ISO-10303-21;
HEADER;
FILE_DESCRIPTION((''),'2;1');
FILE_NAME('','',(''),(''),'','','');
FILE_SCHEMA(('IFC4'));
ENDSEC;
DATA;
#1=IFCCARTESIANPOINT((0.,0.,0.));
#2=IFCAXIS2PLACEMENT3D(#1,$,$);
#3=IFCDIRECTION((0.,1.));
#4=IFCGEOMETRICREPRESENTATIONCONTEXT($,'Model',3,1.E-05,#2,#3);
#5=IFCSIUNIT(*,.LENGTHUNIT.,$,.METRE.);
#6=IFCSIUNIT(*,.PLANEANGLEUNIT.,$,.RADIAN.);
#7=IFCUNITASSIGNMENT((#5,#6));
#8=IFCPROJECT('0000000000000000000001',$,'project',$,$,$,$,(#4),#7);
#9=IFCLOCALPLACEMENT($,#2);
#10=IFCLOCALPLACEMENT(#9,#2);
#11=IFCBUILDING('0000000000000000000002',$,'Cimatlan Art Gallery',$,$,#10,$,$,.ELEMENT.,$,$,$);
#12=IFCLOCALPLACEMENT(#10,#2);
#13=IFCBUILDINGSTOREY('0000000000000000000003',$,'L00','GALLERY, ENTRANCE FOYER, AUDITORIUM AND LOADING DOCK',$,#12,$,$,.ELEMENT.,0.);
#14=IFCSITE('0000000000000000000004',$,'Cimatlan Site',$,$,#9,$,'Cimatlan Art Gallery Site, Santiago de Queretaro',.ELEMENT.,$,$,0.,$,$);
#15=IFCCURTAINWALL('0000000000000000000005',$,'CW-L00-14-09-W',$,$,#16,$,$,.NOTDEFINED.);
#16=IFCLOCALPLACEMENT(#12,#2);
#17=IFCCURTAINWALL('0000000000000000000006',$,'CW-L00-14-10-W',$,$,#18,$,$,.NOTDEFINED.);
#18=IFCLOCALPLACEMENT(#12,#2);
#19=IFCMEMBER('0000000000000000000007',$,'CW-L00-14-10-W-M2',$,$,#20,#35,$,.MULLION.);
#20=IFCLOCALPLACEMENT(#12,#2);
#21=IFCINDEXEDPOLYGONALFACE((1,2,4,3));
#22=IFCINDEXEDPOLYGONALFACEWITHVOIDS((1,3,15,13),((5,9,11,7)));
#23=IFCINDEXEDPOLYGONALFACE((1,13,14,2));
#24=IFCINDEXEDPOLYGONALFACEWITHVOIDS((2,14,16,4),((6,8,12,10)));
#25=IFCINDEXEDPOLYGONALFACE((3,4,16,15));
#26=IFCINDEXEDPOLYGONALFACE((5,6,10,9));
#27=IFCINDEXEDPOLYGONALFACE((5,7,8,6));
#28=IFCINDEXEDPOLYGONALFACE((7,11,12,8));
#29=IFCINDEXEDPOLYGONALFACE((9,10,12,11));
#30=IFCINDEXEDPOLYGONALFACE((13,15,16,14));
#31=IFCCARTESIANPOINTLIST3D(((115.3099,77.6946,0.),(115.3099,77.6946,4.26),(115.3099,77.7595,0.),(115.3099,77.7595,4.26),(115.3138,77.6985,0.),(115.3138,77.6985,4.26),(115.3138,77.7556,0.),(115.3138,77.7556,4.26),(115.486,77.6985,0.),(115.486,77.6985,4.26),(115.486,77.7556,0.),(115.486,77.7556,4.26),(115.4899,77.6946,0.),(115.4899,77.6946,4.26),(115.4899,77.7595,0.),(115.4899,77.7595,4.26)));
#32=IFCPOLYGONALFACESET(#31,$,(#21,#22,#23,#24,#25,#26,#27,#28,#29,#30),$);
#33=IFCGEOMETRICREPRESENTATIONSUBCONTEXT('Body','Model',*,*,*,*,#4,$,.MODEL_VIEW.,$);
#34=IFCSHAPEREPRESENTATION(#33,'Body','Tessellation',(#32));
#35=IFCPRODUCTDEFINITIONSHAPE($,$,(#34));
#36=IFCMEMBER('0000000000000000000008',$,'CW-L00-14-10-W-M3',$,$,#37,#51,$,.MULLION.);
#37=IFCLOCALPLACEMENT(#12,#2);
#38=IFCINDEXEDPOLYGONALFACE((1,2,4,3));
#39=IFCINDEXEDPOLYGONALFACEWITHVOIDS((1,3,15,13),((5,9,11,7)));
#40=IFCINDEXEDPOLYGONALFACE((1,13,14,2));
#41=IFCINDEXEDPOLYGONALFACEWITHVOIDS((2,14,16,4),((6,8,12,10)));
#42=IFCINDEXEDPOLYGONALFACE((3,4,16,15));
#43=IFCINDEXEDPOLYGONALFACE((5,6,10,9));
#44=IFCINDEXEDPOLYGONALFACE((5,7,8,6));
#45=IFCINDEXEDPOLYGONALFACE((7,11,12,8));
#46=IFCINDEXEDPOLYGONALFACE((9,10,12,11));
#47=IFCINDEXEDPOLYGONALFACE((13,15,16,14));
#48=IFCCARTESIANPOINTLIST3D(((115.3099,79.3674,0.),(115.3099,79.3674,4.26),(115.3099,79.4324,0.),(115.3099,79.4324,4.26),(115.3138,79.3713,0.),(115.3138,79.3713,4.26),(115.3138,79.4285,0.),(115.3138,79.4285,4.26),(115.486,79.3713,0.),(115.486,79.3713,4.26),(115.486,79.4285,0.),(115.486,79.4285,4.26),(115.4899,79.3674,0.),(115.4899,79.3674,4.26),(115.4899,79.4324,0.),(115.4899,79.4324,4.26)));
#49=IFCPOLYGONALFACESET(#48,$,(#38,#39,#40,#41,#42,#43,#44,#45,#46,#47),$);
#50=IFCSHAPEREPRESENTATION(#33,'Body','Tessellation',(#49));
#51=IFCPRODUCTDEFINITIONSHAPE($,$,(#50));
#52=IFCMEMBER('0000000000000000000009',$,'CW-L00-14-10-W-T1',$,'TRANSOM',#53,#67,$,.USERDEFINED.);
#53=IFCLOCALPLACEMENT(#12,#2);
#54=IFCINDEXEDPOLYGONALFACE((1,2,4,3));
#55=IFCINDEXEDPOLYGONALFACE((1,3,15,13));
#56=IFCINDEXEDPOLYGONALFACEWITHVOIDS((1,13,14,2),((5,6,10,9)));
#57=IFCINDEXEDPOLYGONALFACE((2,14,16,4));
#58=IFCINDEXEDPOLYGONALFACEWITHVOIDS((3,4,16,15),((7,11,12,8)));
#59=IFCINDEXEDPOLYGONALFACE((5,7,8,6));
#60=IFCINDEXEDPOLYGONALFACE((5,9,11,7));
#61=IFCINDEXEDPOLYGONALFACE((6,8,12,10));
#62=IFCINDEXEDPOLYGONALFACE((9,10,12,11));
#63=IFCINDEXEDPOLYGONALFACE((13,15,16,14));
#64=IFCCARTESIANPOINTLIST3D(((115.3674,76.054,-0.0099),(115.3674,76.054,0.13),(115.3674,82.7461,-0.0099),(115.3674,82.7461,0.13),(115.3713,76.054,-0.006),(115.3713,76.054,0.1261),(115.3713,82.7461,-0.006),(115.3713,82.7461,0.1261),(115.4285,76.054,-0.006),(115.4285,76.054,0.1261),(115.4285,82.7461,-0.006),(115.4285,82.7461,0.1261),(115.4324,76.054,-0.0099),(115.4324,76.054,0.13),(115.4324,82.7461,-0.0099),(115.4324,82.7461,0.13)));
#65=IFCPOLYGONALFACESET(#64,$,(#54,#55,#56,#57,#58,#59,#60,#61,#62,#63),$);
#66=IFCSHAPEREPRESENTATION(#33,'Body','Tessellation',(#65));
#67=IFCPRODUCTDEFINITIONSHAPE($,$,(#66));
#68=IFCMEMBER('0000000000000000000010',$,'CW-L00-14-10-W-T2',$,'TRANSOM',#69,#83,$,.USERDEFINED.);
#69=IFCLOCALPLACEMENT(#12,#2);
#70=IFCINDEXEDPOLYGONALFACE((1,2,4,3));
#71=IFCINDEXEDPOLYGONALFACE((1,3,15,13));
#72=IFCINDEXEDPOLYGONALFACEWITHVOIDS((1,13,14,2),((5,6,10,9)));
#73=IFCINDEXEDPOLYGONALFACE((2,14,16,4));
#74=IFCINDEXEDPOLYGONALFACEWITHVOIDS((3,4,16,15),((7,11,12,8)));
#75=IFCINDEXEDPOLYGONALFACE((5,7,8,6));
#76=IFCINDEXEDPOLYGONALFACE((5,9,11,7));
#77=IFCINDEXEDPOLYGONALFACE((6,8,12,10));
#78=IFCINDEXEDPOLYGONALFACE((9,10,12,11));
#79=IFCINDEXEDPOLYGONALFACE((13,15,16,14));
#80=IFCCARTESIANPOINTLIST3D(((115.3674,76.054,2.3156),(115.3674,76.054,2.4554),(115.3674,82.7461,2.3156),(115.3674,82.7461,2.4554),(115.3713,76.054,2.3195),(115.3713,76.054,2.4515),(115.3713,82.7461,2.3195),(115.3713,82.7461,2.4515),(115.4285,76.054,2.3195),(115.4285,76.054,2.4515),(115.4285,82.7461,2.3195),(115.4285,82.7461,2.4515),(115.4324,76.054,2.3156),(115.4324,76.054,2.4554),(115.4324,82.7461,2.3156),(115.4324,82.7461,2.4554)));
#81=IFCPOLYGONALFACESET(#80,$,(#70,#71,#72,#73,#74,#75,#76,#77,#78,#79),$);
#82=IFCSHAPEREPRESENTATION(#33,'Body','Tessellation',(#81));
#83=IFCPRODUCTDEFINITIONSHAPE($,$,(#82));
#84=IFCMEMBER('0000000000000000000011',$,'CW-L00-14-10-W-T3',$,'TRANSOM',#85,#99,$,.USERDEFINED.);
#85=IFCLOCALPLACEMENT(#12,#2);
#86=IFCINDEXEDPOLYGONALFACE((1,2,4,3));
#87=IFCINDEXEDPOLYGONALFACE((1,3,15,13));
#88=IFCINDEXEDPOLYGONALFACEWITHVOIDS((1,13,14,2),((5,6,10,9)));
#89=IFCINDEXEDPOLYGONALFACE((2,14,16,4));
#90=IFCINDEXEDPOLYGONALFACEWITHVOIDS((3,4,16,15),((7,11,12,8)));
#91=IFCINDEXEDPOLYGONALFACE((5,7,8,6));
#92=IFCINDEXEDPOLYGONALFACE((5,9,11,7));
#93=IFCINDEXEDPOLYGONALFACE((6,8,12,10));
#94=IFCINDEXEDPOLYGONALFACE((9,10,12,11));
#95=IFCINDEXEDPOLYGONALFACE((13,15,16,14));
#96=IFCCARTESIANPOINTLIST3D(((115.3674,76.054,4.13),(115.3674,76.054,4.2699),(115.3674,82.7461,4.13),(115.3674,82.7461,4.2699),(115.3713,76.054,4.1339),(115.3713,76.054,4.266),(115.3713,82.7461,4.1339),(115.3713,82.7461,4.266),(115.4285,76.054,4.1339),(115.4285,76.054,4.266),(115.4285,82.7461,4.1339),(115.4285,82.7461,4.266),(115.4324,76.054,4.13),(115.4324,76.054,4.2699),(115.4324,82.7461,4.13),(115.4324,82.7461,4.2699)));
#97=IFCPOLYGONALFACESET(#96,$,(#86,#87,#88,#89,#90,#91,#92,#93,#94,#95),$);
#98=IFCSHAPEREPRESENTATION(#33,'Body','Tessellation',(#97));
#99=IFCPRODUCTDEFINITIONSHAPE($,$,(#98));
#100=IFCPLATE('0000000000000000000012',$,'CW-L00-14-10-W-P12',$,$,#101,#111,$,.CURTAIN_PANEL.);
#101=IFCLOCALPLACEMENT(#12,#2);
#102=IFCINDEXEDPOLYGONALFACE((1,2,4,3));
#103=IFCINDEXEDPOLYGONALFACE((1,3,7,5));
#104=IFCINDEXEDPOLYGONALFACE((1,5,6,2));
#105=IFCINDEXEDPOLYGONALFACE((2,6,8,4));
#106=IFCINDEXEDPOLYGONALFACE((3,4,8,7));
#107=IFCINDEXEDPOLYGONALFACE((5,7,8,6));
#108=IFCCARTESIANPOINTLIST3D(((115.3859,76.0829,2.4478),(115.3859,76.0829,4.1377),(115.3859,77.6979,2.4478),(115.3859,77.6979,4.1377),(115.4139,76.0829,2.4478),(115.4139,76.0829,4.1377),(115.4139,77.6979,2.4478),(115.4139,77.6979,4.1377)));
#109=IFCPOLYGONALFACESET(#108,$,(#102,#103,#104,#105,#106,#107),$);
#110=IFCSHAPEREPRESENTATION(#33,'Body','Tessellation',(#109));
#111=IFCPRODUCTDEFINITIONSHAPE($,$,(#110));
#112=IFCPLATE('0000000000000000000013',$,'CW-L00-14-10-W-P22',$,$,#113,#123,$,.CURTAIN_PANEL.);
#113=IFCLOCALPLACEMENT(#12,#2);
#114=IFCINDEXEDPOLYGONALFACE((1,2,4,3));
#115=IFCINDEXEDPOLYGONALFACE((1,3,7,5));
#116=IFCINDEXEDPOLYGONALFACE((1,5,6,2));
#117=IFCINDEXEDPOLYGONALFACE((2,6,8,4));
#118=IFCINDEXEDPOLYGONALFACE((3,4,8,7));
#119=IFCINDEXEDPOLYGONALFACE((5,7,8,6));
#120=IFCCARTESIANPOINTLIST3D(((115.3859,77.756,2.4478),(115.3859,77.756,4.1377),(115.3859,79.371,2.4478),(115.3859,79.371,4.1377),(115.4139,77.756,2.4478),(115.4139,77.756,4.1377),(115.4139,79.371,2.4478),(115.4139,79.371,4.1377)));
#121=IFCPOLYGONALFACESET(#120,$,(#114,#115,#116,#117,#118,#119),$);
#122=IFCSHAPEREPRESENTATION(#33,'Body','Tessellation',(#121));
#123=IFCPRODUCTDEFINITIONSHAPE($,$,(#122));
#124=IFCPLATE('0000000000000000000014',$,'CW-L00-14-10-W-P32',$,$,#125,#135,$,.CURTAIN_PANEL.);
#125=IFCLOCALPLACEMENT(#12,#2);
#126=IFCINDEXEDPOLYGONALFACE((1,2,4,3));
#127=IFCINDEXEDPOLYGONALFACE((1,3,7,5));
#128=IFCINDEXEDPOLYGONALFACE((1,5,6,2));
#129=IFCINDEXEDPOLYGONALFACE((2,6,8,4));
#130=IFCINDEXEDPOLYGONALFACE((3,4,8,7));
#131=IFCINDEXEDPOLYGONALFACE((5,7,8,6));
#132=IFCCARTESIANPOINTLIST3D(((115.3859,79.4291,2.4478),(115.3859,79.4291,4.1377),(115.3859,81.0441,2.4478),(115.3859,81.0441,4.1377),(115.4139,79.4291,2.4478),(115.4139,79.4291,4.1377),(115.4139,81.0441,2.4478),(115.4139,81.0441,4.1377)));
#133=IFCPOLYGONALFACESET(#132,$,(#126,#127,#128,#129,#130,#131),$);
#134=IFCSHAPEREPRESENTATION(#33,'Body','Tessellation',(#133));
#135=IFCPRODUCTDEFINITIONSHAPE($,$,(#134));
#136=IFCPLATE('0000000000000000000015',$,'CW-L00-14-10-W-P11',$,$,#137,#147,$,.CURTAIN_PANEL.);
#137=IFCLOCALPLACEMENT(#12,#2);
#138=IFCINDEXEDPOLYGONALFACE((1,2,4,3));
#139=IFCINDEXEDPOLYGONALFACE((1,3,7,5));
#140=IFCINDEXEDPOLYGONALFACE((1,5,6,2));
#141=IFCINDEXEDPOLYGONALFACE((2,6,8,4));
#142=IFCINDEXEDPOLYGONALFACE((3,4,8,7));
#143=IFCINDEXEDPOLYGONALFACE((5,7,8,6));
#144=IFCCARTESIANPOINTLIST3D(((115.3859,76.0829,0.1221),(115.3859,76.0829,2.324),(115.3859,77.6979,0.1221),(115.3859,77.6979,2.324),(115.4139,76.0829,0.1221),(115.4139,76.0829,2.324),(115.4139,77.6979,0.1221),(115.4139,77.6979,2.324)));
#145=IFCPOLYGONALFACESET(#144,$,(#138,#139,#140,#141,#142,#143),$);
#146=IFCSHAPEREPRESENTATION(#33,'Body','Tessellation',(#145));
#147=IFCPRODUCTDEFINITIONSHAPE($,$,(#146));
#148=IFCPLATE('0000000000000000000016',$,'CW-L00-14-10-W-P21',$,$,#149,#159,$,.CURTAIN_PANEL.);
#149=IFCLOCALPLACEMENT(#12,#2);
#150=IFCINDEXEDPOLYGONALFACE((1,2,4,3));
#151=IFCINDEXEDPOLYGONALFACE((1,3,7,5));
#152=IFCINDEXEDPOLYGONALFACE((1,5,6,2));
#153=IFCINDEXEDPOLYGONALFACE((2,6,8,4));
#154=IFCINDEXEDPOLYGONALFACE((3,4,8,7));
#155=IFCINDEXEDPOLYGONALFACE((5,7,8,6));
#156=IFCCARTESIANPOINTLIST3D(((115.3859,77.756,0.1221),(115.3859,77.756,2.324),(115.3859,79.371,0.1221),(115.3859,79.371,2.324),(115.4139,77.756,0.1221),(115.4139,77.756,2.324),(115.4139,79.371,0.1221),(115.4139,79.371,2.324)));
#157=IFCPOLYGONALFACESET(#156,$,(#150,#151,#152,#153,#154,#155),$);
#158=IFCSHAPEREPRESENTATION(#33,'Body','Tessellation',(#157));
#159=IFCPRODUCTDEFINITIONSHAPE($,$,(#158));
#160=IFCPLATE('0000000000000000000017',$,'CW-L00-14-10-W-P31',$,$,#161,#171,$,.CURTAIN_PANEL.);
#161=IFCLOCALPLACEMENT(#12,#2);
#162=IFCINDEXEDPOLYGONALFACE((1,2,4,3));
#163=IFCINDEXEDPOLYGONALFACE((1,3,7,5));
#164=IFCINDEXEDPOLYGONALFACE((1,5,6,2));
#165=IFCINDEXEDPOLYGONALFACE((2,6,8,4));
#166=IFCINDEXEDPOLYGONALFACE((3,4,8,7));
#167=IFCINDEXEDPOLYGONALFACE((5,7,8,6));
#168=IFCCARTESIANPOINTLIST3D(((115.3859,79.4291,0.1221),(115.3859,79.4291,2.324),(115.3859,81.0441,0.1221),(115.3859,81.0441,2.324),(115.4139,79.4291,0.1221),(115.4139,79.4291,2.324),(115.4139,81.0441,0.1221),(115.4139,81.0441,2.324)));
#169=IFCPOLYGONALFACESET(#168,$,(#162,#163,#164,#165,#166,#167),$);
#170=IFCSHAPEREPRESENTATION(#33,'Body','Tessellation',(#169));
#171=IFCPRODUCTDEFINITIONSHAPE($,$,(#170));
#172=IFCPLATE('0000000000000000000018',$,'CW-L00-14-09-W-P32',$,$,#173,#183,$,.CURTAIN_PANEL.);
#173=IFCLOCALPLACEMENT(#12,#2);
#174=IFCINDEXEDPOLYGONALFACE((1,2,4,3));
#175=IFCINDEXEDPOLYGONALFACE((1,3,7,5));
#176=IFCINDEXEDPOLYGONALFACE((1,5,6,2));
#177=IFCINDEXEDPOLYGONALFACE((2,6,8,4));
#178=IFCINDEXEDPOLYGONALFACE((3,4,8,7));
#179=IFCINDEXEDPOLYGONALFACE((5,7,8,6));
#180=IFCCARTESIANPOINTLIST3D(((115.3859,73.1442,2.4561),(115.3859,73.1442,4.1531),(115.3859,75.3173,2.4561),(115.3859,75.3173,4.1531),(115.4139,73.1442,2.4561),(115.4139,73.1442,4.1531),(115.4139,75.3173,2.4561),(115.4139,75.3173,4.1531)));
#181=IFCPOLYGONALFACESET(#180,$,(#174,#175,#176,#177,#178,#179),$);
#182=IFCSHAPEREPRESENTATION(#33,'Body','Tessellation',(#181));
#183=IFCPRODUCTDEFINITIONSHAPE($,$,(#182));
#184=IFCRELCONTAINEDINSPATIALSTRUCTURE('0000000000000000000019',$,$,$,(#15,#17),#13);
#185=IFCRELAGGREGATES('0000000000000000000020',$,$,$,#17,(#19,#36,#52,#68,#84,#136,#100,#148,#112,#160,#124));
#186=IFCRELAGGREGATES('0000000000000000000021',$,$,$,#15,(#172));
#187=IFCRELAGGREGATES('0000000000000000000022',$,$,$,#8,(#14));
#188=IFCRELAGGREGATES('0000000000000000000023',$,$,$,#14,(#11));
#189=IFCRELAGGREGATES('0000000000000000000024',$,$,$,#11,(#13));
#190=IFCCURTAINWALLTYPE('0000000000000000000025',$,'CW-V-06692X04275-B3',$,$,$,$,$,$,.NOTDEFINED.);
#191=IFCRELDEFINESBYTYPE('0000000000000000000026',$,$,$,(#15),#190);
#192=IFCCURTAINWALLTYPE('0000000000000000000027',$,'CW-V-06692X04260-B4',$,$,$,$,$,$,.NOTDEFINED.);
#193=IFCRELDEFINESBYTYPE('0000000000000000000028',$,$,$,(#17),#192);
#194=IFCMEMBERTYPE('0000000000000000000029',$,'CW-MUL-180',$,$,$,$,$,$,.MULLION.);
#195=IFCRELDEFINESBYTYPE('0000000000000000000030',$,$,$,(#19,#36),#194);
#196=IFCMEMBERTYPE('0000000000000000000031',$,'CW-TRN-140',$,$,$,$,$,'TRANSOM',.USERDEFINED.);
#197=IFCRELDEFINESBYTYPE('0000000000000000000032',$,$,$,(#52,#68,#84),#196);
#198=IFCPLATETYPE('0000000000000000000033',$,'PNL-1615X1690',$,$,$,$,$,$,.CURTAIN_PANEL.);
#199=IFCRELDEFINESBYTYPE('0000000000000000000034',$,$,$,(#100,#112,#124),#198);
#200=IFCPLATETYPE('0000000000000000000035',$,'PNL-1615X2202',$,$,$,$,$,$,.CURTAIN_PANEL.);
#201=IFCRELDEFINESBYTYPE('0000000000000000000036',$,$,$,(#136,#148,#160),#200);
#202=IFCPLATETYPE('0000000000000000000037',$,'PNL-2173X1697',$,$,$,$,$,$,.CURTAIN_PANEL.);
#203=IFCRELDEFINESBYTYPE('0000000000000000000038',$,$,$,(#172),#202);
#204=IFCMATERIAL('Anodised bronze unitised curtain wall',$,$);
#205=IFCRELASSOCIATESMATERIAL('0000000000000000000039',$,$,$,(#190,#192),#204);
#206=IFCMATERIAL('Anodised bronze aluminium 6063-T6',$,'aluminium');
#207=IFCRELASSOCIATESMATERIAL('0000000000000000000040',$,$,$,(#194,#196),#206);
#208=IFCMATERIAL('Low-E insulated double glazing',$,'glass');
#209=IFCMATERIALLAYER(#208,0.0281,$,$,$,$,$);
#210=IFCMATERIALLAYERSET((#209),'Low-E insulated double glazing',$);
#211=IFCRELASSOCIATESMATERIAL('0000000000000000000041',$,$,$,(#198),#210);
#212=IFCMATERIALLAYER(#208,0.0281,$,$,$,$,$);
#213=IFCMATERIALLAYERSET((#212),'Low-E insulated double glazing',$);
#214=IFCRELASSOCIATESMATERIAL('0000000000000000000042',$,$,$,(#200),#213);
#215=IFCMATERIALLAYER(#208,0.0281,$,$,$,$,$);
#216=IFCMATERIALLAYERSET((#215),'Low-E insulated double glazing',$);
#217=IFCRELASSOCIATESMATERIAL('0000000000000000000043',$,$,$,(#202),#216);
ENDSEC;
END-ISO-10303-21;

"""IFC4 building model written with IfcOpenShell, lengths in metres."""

from ifc_helpers import new_model, si_unit, direction, frame, origin, origin_2d, place, context, subcontext, project, spatial, rectangle, hollow_rectangle, extrude, material, layer, layer_set, material_profile, profile_set, type_object, element, aggregate, save


model = new_model("IFC4")

# Units and contexts
model_context = context("Model", 3, precision=1e-05, world=origin(), true_north=direction((0.0, 1.0)))
body_context = subcontext(model_context, "Body", "Model", "MODEL_VIEW")
ifc_project = project(units=[si_unit("LENGTHUNIT", "METRE"), si_unit("PLANEANGLEUNIT", "RADIAN")], contexts=[model_context])

# Site, building, storey
site_placement = place(None, origin())
site = spatial("IfcSite", under=ifc_project, at=site_placement, Name="Cimatlan Site", LongName="Cimatlan Art Gallery Site, Santiago de Queretaro", CompositionType="ELEMENT", RefElevation=0.0)
building_placement = place(site_placement, origin())
building = spatial("IfcBuilding", under=site, at=building_placement, Name="Cimatlan Art Gallery", CompositionType="ELEMENT")
storey_placement = place(building_placement, origin())
storey = spatial("IfcBuildingStorey", under=building, at=storey_placement, Name="L00", Description="GALLERY, ENTRANCE FOYER, AUDITORIUM AND LOADING DOCK", CompositionType="ELEMENT", Elevation=0.0)

# Curtain wall
ifc_material_1 = material(Name="Anodised bronze unitised curtain wall")
curtain_wall_type_1 = type_object("IfcCurtainWallType", Name="CW-V-06692X04275-B3", PredefinedType="NOTDEFINED", material=ifc_material_1)
curtain_wall_1_placement = place(storey_placement, origin())
curtain_wall_1 = element("IfcCurtainWall", 1, at=curtain_wall_1_placement, inside=storey, type_object=curtain_wall_type_1, Name="CW-L00-14-09-W", PredefinedType="NOTDEFINED")
ifc_material_2 = material(Name="Anodised bronze aluminium 6063-T6", Category="aluminium")
ifc_material_profile_1 = material_profile(ifc_material_2, hollow_rectangle(XDim=0.0649, YDim=0.1799, WallThickness=0.0039, at=origin_2d()), Name="ALU65X180X4")
ifc_profile_set_1 = profile_set([ifc_material_profile_1], Name="Anodised bronze aluminium 6063-T6")
member_type_1 = type_object("IfcMemberType", Name="CW-MUL-180", PredefinedType="MULLION", material=ifc_profile_set_1)

# Curtain wall, members, plates
curtain_wall_type_2 = type_object("IfcCurtainWallType", Name="CW-V-06692X04260-B4", PredefinedType="NOTDEFINED", material=ifc_material_1)
curtain_wall_2_placement = place(storey_placement, origin())
curtain_wall_2 = element("IfcCurtainWall", 2, at=curtain_wall_2_placement, inside=storey, type_object=curtain_wall_type_2, Name="CW-L00-14-10-W", PredefinedType="NOTDEFINED")
member_1_placement = place(storey_placement, frame((115.3999, 77.7271, 0.0), z_axis=(0.0, 0.0, 1.0), x_axis=(0.0, 1.0, 0.0)))
member_1 = element("IfcMember", 3, at=member_1_placement, type_object=member_type_1, Name="CW-L00-14-10-W-M2", PredefinedType="MULLION", context=body_context, shape_type="SweptSolid", body=[
    extrude(hollow_rectangle(XDim=0.0649, YDim=0.1799, WallThickness=0.0039, at=origin_2d()), origin(), (0.0, 0.0, 1.0), 4.26),
])
member_2_placement = place(storey_placement, frame((115.3999, 79.3999, 0.0), z_axis=(0.0, 0.0, 1.0), x_axis=(0.0, 1.0, 0.0)))
member_2 = element("IfcMember", 4, at=member_2_placement, type_object=member_type_1, Name="CW-L00-14-10-W-M3", PredefinedType="MULLION", context=body_context, shape_type="SweptSolid", body=[
    extrude(hollow_rectangle(XDim=0.0649, YDim=0.1799, WallThickness=0.0039, at=origin_2d()), origin(), (0.0, 0.0, 1.0), 4.26),
])
ifc_material_profile_2 = material_profile(ifc_material_2, hollow_rectangle(XDim=0.0649, YDim=0.1399, WallThickness=0.0039, at=origin_2d()), Name="ALU65X140X4")
ifc_profile_set_2 = profile_set([ifc_material_profile_2], Name="Anodised bronze aluminium 6063-T6")
member_type_2 = type_object("IfcMemberType", Name="CW-TRN-140", ElementType="TRANSOM", PredefinedType="USERDEFINED", material=ifc_profile_set_2)
member_3_placement = place(storey_placement, frame((115.3999, 76.054, 0.0601), z_axis=(0.0, 1.0, 0.0), x_axis=(-1.0, 0.0, 0.0)))
member_3 = element("IfcMember", 5, at=member_3_placement, type_object=member_type_2, Name="CW-L00-14-10-W-T1", ObjectType="TRANSOM", PredefinedType="USERDEFINED", context=body_context, shape_type="SweptSolid", body=[
    extrude(hollow_rectangle(XDim=0.0649, YDim=0.1399, WallThickness=0.0039, at=origin_2d()), origin(), (0.0, 0.0, 1.0), 6.6921),
])
member_4_placement = place(storey_placement, frame((115.3999, 76.054, 2.3855), z_axis=(0.0, 1.0, 0.0), x_axis=(-1.0, 0.0, 0.0)))
member_4 = element("IfcMember", 6, at=member_4_placement, type_object=member_type_2, Name="CW-L00-14-10-W-T2", ObjectType="TRANSOM", PredefinedType="USERDEFINED", context=body_context, shape_type="SweptSolid", body=[
    extrude(hollow_rectangle(XDim=0.0649, YDim=0.1399, WallThickness=0.0039, at=origin_2d()), origin(), (0.0, 0.0, 1.0), 6.6921),
])
member_5_placement = place(storey_placement, frame((115.3999, 76.054, 4.2), z_axis=(0.0, 1.0, 0.0), x_axis=(-1.0, 0.0, 0.0)))
member_5 = element("IfcMember", 7, at=member_5_placement, type_object=member_type_2, Name="CW-L00-14-10-W-T3", ObjectType="TRANSOM", PredefinedType="USERDEFINED", context=body_context, shape_type="SweptSolid", body=[
    extrude(hollow_rectangle(XDim=0.0649, YDim=0.1399, WallThickness=0.0039, at=origin_2d()), origin(), (0.0, 0.0, 1.0), 6.6921),
])
ifc_material_3 = material(Name="Low-E insulated double glazing", Category="glass")
ifc_layer_1 = layer(ifc_material_3, 0.0281)
ifc_layer_set_1 = layer_set([ifc_layer_1], Name="Low-E insulated double glazing")
plate_type_1 = type_object("IfcPlateType", Name="PNL-1615X1690", PredefinedType="CURTAIN_PANEL", material=ifc_layer_set_1)
plate_1_placement = place(storey_placement, frame((115.3999, 76.8904, 2.4478), z_axis=(0.0, 0.0, 1.0), x_axis=(0.0, 1.0, 0.0)))
plate_1 = element("IfcPlate", 8, at=plate_1_placement, type_object=plate_type_1, Name="CW-L00-14-10-W-P12", PredefinedType="CURTAIN_PANEL", context=body_context, shape_type="SweptSolid", body=[
    extrude(rectangle(XDim=1.615, YDim=0.0281, at=origin_2d()), origin(), (0.0, 0.0, 1.0), 1.6899),
])
plate_2_placement = place(storey_placement, frame((115.3999, 78.5635, 2.4478), z_axis=(0.0, 0.0, 1.0), x_axis=(0.0, 1.0, 0.0)))
plate_2 = element("IfcPlate", 9, at=plate_2_placement, type_object=plate_type_1, Name="CW-L00-14-10-W-P22", PredefinedType="CURTAIN_PANEL", context=body_context, shape_type="SweptSolid", body=[
    extrude(rectangle(XDim=1.615, YDim=0.0281, at=origin_2d()), origin(), (0.0, 0.0, 1.0), 1.6899),
])
plate_3_placement = place(storey_placement, frame((115.3999, 80.2366, 2.4478), z_axis=(0.0, 0.0, 1.0), x_axis=(0.0, 1.0, 0.0)))
plate_3 = element("IfcPlate", 10, at=plate_3_placement, type_object=plate_type_1, Name="CW-L00-14-10-W-P32", PredefinedType="CURTAIN_PANEL", context=body_context, shape_type="SweptSolid", body=[
    extrude(rectangle(XDim=1.615, YDim=0.0281, at=origin_2d()), origin(), (0.0, 0.0, 1.0), 1.6899),
])
ifc_layer_2 = layer(ifc_material_3, 0.0281)
ifc_layer_set_2 = layer_set([ifc_layer_2], Name="Low-E insulated double glazing")
plate_type_2 = type_object("IfcPlateType", Name="PNL-1615X2202", PredefinedType="CURTAIN_PANEL", material=ifc_layer_set_2)
plate_4_placement = place(storey_placement, frame((115.3999, 76.8904, 0.1221), z_axis=(0.0, 0.0, 1.0), x_axis=(0.0, 1.0, 0.0)))
plate_4 = element("IfcPlate", 11, at=plate_4_placement, type_object=plate_type_2, Name="CW-L00-14-10-W-P11", PredefinedType="CURTAIN_PANEL", context=body_context, shape_type="SweptSolid", body=[
    extrude(rectangle(XDim=1.615, YDim=0.0281, at=origin_2d()), origin(), (0.0, 0.0, 1.0), 2.2019),
])
plate_5_placement = place(storey_placement, frame((115.3999, 78.5635, 0.1221), z_axis=(0.0, 0.0, 1.0), x_axis=(0.0, 1.0, 0.0)))
plate_5 = element("IfcPlate", 12, at=plate_5_placement, type_object=plate_type_2, Name="CW-L00-14-10-W-P21", PredefinedType="CURTAIN_PANEL", context=body_context, shape_type="SweptSolid", body=[
    extrude(rectangle(XDim=1.615, YDim=0.0281, at=origin_2d()), origin(), (0.0, 0.0, 1.0), 2.2019),
])
plate_6_placement = place(storey_placement, frame((115.3999, 80.2366, 0.1221), z_axis=(0.0, 0.0, 1.0), x_axis=(0.0, 1.0, 0.0)))
plate_6 = element("IfcPlate", 13, at=plate_6_placement, type_object=plate_type_2, Name="CW-L00-14-10-W-P31", PredefinedType="CURTAIN_PANEL", context=body_context, shape_type="SweptSolid", body=[
    extrude(rectangle(XDim=1.615, YDim=0.0281, at=origin_2d()), origin(), (0.0, 0.0, 1.0), 2.2019),
])
aggregate(curtain_wall_2, [member_1, member_2, member_3, member_4, member_5, plate_4, plate_1, plate_5, plate_2, plate_6, plate_3])

# Plate
ifc_layer_3 = layer(ifc_material_3, 0.0281)
ifc_layer_set_3 = layer_set([ifc_layer_3], Name="Low-E insulated double glazing")
plate_type_3 = type_object("IfcPlateType", Name="PNL-2173X1697", PredefinedType="CURTAIN_PANEL", material=ifc_layer_set_3)
plate_7_placement = place(storey_placement, frame((115.3999, 74.2307, 2.4561), z_axis=(0.0, 0.0, 1.0), x_axis=(0.0, 1.0, 0.0)))
plate_7 = element("IfcPlate", 14, at=plate_7_placement, type_object=plate_type_3, Name="CW-L00-14-09-W-P32", PredefinedType="CURTAIN_PANEL", context=body_context, shape_type="SweptSolid", body=[
    extrude(rectangle(XDim=2.1731, YDim=0.0281, at=origin_2d()), origin(), (0.0, 0.0, 1.0), 1.697),
])
aggregate(curtain_wall_1, [plate_7])

save(model, "model.ifc")
